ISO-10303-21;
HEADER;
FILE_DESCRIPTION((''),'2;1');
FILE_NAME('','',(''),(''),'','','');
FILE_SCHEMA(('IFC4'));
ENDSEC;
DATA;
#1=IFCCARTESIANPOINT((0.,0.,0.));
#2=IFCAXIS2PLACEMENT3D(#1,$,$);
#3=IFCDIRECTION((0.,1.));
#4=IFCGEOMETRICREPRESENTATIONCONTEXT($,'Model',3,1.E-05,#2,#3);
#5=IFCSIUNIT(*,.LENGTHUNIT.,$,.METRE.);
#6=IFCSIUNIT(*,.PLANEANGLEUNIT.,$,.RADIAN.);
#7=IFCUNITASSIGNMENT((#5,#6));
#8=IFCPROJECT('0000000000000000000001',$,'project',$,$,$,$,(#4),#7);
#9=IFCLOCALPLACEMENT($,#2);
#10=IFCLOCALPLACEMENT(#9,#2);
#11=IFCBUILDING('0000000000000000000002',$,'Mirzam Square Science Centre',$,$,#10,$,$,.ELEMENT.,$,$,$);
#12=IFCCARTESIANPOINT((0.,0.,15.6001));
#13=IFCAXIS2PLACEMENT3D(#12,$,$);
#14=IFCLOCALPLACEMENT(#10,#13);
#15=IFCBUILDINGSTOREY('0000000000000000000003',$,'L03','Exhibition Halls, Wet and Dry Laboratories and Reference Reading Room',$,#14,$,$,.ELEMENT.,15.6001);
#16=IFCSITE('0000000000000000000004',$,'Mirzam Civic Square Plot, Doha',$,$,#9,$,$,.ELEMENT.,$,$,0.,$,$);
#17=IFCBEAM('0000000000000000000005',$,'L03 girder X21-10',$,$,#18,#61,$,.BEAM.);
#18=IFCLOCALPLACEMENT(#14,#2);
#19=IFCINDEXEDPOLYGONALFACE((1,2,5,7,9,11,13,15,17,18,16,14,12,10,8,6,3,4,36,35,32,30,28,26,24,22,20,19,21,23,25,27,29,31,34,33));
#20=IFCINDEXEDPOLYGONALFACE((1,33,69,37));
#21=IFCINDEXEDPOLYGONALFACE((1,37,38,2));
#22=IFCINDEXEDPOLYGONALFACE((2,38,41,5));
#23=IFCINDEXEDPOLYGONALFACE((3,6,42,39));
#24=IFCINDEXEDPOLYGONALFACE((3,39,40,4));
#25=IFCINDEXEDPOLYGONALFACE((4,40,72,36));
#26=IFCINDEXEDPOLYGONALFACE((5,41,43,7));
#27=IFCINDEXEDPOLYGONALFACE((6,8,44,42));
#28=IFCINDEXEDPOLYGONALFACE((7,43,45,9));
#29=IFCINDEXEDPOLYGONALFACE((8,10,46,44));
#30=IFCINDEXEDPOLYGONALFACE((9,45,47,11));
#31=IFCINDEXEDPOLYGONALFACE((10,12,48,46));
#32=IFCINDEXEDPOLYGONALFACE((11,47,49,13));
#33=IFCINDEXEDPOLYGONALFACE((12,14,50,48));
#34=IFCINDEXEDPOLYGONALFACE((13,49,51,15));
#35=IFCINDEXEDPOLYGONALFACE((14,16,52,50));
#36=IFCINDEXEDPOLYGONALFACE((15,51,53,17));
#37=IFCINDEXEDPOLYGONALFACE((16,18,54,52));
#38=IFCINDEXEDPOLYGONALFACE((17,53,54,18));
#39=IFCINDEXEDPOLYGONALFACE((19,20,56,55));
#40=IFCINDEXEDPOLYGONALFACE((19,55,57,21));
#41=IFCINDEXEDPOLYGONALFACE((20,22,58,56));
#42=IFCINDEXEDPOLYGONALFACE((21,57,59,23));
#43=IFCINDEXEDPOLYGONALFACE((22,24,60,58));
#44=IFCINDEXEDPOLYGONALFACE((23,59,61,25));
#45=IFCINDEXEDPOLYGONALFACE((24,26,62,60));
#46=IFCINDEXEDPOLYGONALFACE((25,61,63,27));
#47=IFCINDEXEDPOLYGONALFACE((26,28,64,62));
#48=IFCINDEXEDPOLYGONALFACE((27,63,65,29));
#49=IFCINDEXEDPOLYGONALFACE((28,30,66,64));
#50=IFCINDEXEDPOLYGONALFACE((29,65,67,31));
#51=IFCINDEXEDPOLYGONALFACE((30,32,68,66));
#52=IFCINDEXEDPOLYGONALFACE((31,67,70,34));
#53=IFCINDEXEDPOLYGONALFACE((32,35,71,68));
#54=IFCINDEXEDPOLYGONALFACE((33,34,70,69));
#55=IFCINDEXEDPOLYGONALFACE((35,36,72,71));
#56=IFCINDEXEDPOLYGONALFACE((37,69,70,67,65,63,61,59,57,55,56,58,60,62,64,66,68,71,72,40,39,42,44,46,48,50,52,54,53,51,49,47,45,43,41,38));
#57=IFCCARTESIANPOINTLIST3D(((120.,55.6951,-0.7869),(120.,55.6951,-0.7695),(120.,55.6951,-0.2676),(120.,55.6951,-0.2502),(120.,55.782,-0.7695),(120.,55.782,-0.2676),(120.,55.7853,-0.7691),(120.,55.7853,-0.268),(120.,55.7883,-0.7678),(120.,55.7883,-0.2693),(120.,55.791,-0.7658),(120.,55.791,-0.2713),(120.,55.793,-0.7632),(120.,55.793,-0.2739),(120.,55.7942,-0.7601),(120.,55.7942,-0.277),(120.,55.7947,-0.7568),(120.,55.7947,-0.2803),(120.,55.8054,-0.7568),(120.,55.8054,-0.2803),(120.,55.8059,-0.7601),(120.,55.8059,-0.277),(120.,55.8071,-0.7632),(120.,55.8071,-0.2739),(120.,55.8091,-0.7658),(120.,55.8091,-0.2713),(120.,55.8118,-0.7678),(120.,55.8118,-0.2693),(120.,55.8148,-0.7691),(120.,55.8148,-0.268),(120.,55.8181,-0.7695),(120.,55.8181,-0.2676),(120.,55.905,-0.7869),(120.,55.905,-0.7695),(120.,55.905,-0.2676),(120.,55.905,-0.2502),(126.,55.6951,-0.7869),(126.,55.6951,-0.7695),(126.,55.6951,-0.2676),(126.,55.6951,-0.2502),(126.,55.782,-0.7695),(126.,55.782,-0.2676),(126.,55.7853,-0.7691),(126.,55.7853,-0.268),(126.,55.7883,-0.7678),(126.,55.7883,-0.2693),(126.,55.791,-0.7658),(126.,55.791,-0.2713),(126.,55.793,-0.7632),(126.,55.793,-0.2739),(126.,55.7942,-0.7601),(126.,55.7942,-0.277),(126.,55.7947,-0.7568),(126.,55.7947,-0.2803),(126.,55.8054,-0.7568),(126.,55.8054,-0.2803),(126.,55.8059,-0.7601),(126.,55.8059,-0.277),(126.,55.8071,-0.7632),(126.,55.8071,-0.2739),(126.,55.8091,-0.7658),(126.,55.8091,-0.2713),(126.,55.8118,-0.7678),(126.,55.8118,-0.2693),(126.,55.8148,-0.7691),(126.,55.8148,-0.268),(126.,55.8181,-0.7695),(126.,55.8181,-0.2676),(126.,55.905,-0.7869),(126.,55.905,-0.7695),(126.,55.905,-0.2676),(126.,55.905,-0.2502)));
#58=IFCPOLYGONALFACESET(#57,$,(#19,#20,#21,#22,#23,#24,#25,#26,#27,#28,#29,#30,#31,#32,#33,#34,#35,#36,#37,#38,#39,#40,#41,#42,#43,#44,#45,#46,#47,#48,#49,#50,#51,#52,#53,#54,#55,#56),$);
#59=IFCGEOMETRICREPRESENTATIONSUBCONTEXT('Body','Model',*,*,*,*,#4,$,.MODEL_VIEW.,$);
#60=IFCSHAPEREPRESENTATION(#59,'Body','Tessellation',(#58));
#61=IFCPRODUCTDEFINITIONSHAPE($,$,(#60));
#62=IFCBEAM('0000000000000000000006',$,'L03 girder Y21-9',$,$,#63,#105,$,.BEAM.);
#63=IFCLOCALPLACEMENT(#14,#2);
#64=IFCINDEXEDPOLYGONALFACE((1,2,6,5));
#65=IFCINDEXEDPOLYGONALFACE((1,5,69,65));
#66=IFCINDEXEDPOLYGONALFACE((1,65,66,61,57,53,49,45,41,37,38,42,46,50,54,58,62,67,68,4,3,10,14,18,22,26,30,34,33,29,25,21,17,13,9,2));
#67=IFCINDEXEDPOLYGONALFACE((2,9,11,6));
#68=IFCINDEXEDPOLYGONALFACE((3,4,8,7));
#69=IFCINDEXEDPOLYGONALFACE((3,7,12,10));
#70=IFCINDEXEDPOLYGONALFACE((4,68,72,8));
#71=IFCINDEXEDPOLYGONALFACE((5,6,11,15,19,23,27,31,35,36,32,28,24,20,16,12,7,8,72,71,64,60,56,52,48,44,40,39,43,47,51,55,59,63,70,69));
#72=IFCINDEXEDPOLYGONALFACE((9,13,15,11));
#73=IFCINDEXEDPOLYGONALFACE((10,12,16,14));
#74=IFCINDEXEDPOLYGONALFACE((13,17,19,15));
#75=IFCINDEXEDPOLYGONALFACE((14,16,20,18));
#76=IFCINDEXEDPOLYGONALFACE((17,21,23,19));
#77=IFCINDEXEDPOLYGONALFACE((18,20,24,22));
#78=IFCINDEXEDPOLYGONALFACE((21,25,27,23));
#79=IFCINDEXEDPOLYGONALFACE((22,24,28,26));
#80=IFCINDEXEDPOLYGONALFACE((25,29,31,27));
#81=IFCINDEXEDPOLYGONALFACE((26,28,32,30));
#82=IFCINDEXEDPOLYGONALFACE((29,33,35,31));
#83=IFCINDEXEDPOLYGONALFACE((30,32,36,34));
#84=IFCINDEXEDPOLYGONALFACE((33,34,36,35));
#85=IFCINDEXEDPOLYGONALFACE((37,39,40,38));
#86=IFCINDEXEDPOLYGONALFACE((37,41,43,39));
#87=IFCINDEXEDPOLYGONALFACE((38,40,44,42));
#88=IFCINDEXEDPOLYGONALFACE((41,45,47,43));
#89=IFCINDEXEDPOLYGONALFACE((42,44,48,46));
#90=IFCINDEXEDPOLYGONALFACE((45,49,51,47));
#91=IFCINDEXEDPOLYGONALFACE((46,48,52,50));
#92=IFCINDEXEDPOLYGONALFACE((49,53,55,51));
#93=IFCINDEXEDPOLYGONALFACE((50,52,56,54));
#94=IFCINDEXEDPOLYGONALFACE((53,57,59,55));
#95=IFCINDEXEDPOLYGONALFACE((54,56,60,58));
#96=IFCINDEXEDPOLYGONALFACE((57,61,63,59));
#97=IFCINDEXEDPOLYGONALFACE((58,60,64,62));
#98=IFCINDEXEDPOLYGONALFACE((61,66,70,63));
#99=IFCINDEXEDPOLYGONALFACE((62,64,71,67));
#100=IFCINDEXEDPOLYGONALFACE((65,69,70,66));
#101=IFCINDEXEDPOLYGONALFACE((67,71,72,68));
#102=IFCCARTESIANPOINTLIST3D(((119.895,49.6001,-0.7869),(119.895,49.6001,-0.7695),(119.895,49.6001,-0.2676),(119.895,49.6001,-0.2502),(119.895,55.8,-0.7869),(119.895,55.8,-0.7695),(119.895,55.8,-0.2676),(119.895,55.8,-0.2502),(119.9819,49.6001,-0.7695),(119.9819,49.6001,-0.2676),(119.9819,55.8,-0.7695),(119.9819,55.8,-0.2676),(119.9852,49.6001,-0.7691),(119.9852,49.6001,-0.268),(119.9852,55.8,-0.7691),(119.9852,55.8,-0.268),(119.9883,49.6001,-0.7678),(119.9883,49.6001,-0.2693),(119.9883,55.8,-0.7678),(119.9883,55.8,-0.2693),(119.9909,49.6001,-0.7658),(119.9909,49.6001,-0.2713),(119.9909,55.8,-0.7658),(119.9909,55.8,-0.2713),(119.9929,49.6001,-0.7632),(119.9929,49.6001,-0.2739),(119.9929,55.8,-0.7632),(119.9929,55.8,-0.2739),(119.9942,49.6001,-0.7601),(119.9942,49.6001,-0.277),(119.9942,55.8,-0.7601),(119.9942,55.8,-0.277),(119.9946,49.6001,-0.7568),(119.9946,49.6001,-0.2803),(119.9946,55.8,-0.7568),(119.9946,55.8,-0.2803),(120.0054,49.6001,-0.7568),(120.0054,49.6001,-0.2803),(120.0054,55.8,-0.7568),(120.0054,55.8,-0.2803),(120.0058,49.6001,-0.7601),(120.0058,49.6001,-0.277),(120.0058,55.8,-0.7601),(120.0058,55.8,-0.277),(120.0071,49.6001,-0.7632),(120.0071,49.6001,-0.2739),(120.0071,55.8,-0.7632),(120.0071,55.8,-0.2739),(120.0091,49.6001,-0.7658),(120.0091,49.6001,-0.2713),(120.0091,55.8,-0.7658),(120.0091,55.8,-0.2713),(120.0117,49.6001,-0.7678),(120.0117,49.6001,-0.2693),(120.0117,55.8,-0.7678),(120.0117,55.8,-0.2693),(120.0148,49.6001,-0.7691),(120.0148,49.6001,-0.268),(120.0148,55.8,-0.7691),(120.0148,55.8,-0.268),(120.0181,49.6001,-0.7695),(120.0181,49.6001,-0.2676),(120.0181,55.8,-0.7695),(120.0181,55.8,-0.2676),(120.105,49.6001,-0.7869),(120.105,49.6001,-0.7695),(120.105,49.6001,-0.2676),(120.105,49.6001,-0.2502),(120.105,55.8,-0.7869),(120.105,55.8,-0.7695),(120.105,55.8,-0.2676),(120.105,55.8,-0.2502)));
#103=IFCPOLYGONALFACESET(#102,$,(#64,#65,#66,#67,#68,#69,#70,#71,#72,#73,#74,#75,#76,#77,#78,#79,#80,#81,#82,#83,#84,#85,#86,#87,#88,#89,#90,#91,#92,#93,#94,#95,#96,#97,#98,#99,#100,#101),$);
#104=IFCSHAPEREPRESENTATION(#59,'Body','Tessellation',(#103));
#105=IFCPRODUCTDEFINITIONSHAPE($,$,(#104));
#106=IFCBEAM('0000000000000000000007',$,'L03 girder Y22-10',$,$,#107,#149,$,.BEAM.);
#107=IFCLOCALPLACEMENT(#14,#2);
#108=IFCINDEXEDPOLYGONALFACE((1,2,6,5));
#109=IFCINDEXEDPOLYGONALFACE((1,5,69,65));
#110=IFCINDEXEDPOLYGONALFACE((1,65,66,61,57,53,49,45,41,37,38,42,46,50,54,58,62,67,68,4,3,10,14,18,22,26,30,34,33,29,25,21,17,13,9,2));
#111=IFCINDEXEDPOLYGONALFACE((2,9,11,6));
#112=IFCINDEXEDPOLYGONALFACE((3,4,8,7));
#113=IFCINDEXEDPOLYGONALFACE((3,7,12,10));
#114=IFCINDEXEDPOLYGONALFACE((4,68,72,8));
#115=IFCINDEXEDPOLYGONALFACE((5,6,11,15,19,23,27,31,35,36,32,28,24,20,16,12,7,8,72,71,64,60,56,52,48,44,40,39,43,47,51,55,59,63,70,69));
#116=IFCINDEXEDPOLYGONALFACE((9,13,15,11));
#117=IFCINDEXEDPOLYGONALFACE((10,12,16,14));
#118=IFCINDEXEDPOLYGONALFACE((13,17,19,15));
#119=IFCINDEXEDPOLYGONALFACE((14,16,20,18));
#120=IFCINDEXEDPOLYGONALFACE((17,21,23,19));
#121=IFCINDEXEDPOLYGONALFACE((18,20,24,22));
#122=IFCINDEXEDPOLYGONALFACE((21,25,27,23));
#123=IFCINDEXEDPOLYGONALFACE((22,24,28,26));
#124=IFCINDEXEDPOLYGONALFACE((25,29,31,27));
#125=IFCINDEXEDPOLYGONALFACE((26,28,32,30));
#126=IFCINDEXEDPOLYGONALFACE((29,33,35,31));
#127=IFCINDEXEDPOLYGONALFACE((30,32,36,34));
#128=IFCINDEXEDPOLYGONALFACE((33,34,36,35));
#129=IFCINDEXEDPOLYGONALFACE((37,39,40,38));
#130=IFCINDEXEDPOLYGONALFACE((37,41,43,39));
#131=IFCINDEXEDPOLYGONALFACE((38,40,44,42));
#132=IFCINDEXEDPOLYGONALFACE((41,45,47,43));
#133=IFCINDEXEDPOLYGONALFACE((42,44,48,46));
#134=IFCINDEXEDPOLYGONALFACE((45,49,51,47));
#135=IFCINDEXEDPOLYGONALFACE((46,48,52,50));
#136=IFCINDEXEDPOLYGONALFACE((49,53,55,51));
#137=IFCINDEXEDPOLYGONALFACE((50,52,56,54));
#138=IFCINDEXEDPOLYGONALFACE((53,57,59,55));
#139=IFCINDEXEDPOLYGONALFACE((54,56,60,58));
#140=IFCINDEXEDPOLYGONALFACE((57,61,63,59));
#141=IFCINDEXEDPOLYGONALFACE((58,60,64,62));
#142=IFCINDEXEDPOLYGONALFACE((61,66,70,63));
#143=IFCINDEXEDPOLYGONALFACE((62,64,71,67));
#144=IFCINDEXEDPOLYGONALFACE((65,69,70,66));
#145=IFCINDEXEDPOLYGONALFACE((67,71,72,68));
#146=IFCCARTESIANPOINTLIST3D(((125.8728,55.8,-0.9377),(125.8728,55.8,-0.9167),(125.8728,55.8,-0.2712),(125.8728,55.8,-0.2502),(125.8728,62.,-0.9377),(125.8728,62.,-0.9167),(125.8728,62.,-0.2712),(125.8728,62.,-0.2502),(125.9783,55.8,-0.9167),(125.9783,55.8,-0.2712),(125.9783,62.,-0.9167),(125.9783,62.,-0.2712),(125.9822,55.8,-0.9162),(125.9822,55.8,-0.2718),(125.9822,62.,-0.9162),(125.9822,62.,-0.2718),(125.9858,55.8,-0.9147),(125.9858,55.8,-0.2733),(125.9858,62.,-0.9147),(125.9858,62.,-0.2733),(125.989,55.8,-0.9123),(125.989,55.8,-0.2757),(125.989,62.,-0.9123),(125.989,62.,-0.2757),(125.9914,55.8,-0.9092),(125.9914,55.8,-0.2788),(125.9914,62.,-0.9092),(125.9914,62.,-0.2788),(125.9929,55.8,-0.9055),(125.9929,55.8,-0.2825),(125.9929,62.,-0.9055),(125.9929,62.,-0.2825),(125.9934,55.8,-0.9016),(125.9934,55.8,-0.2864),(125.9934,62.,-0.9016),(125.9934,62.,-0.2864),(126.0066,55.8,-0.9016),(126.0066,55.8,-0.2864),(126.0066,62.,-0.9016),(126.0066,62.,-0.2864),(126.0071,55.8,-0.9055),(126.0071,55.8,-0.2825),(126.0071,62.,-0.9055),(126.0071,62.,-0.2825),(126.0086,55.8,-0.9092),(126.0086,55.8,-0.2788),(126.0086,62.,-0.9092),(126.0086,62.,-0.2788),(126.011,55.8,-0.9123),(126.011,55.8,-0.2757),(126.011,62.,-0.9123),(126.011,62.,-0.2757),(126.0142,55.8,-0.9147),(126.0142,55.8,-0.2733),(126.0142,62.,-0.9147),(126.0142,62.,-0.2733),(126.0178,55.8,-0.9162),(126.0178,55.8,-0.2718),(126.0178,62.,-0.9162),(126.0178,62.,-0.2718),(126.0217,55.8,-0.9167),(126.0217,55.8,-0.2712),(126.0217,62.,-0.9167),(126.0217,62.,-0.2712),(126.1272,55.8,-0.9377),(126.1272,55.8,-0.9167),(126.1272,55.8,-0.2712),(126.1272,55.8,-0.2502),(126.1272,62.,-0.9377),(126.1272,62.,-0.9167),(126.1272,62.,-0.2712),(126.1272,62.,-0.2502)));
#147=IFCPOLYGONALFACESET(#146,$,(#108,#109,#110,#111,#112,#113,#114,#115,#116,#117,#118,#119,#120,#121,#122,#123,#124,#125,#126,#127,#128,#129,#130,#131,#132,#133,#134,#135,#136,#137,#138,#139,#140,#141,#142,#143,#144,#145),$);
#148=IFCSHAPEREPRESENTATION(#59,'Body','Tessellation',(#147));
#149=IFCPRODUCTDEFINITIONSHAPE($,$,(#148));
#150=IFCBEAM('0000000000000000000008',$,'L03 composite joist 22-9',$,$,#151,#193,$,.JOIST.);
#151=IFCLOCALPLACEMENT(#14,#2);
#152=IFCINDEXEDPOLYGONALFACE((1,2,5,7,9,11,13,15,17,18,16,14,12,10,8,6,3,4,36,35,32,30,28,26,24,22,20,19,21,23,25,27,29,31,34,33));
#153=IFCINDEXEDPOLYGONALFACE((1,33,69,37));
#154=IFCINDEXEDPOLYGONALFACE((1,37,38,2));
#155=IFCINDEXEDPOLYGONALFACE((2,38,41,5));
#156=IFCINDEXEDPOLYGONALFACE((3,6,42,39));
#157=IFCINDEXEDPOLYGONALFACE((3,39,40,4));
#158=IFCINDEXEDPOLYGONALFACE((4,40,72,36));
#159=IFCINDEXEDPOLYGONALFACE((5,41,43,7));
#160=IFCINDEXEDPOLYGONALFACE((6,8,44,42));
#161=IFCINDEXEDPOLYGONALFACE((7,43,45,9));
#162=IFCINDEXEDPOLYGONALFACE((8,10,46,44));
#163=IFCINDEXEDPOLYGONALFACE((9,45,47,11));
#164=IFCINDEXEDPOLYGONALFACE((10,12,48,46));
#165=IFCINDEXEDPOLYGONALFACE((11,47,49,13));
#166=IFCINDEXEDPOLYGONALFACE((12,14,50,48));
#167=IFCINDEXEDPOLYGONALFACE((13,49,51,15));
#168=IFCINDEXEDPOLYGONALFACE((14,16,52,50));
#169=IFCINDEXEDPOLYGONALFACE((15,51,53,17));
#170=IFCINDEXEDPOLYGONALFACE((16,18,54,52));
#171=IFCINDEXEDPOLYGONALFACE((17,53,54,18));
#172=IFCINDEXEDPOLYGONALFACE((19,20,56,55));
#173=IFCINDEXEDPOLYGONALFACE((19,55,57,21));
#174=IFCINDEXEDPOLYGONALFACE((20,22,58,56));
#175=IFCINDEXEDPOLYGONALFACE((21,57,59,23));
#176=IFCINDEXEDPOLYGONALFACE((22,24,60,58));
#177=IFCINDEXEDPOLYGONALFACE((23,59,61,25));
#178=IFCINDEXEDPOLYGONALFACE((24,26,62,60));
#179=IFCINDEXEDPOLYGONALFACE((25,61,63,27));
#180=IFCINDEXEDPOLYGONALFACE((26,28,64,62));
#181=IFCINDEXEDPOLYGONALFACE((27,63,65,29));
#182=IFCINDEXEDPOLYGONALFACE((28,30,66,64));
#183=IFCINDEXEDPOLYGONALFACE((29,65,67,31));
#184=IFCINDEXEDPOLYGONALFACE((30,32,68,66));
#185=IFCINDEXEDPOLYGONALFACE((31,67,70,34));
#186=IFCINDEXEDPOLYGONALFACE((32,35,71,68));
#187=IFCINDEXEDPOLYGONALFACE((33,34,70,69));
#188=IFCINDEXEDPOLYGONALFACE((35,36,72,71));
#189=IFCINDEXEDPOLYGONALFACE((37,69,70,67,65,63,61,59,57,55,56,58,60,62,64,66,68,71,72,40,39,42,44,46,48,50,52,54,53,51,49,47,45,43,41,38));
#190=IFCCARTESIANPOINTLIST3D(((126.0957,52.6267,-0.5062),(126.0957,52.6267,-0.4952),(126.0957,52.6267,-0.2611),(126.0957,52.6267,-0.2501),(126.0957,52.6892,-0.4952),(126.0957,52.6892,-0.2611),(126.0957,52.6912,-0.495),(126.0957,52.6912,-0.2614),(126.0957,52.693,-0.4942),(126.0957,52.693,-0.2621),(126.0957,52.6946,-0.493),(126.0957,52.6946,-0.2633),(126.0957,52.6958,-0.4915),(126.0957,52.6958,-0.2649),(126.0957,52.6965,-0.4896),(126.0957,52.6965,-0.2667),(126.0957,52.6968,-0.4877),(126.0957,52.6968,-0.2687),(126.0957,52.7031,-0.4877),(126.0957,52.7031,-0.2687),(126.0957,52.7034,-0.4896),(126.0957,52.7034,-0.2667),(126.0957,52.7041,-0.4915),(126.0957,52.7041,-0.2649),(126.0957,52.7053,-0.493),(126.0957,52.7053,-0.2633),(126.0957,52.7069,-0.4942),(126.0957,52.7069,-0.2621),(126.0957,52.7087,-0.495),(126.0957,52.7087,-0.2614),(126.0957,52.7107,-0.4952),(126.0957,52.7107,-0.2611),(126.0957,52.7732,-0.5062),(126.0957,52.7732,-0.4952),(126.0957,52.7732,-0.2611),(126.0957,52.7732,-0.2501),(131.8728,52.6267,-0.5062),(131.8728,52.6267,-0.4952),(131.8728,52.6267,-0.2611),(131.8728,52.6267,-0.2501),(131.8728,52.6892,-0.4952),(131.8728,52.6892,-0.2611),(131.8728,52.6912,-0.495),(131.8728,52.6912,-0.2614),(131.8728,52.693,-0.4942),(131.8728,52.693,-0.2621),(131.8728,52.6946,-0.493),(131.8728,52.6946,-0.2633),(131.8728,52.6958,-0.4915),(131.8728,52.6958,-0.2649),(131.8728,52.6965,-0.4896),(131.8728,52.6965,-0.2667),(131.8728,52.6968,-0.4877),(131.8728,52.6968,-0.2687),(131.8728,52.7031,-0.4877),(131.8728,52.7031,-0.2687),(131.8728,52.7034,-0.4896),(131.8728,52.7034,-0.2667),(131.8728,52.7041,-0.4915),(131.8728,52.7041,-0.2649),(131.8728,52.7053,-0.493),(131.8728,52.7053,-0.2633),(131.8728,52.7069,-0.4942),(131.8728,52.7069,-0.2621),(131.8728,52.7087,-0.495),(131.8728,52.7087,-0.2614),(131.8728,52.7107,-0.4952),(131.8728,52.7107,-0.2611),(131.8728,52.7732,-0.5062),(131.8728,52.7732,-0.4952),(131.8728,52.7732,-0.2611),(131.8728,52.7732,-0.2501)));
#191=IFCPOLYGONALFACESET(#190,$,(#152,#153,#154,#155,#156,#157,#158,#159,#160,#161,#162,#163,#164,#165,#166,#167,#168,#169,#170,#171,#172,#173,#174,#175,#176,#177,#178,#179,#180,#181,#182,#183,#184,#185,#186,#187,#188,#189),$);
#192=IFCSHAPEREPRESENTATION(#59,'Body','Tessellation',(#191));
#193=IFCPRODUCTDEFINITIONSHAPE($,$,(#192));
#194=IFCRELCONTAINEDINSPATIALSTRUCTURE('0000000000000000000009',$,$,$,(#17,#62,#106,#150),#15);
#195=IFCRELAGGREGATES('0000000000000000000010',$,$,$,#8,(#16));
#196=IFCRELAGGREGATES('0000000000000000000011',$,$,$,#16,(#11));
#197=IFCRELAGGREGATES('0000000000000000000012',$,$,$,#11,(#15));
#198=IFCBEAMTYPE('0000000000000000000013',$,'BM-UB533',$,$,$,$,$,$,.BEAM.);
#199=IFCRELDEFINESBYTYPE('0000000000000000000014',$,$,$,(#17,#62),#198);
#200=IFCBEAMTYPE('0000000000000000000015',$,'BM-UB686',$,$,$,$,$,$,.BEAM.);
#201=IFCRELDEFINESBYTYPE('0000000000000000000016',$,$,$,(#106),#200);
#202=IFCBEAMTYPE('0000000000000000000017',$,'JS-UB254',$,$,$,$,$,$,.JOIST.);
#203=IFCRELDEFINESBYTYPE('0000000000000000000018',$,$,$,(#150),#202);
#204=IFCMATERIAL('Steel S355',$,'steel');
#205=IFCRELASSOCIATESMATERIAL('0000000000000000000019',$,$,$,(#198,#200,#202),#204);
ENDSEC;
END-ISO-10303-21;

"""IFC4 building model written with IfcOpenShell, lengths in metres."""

from ifc_helpers import new_model, si_unit, direction, frame, origin, origin_2d, place, context, subcontext, project, spatial, i_section, extrude, material, material_profile, profile_set, type_object, element, save


model = new_model("IFC4")

# Units and contexts
model_context = context("Model", 3, precision=1e-05, world=origin(), true_north=direction((0.0, 1.0)))
body_context = subcontext(model_context, "Body", "Model", "MODEL_VIEW")
ifc_project = project(units=[si_unit("LENGTHUNIT", "METRE"), si_unit("PLANEANGLEUNIT", "RADIAN")], contexts=[model_context])

# Site, building, storey
site_placement = place(None, origin())
site = spatial("IfcSite", under=ifc_project, at=site_placement, Name="Mirzam Civic Square Plot, Doha", CompositionType="ELEMENT", RefElevation=0.0)
building_placement = place(site_placement, origin())
building = spatial("IfcBuilding", under=site, at=building_placement, Name="Mirzam Square Science Centre", CompositionType="ELEMENT")
storey_placement = place(building_placement, frame((0.0, 0.0, 15.6001)))
storey = spatial("IfcBuildingStorey", under=building, at=storey_placement, Name="L03", Description="Exhibition Halls, Wet and Dry Laboratories and Reference Reading Room", CompositionType="ELEMENT", Elevation=15.6001)

# Shared definitions
ifc_material_1 = material(Name="Steel S355", Category="steel")

# Beams
ifc_material_profile_1 = material_profile(ifc_material_1, i_section(OverallWidth=0.21, OverallDepth=0.5366, WebThickness=0.0107, FlangeThickness=0.0173, FilletRadius=0.0127, at=origin_2d()), Name="533x210x101UB")
ifc_profile_set_1 = profile_set([ifc_material_profile_1], Name="Steel S355")
beam_type_1 = type_object("IfcBeamType", Name="BM-UB533", PredefinedType="BEAM", material=ifc_profile_set_1)
beam_1_placement = place(storey_placement, frame((120.0, 55.8, -0.5186), z_axis=(1.0, 0.0, 0.0), x_axis=(0.0, 1.0, 0.0)))
element("IfcBeam", 1, at=beam_1_placement, inside=storey, type_object=beam_type_1, Name="L03 girder X21-10", PredefinedType="BEAM", context=body_context, shape_type="SweptSolid", body=[
    extrude(i_section(OverallWidth=0.21, OverallDepth=0.5366, WebThickness=0.0107, FlangeThickness=0.0173, FilletRadius=0.0127, at=origin_2d()), origin(), (0.0, 0.0, 1.0), 6.0),
])
beam_2_placement = place(storey_placement, frame((120.0, 49.6001, -0.5186), z_axis=(0.0, 1.0, 0.0), x_axis=(-1.0, 0.0, 0.0)))
element("IfcBeam", 2, at=beam_2_placement, inside=storey, type_object=beam_type_1, Name="L03 girder Y21-9", PredefinedType="BEAM", context=body_context, shape_type="SweptSolid", body=[
    extrude(i_section(OverallWidth=0.21, OverallDepth=0.5366, WebThickness=0.0107, FlangeThickness=0.0173, FilletRadius=0.0127, at=origin_2d()), origin(), (0.0, 0.0, 1.0), 6.2),
])
ifc_material_profile_2 = material_profile(ifc_material_1, i_section(OverallWidth=0.2544, OverallDepth=0.6875, WebThickness=0.0132, FlangeThickness=0.021, FilletRadius=0.0151, at=origin_2d()), Name="686x254x152UB")
ifc_profile_set_2 = profile_set([ifc_material_profile_2], Name="Steel S355")
beam_type_2 = type_object("IfcBeamType", Name="BM-UB686", PredefinedType="BEAM", material=ifc_profile_set_2)
beam_3_placement = place(storey_placement, frame((126.0, 55.8, -0.594), z_axis=(0.0, 1.0, 0.0), x_axis=(-1.0, 0.0, 0.0)))
element("IfcBeam", 3, at=beam_3_placement, inside=storey, type_object=beam_type_2, Name="L03 girder Y22-10", PredefinedType="BEAM", context=body_context, shape_type="SweptSolid", body=[
    extrude(i_section(OverallWidth=0.2544, OverallDepth=0.6875, WebThickness=0.0132, FlangeThickness=0.021, FilletRadius=0.0151, at=origin_2d()), origin(), (0.0, 0.0, 1.0), 6.2),
])
ifc_material_profile_3 = material_profile(ifc_material_1, i_section(OverallWidth=0.1465, OverallDepth=0.2561, WebThickness=0.0063, FlangeThickness=0.011, FilletRadius=0.0076, at=origin_2d()), Name="254x146x37UB")
ifc_profile_set_3 = profile_set([ifc_material_profile_3], Name="Steel S355")
beam_type_3 = type_object("IfcBeamType", Name="JS-UB254", PredefinedType="JOIST", material=ifc_profile_set_3)
beam_4_placement = place(storey_placement, frame((126.0957, 52.7, -0.3782), z_axis=(1.0, 0.0, 0.0), x_axis=(0.0, 1.0, 0.0)))
element("IfcBeam", 4, at=beam_4_placement, inside=storey, type_object=beam_type_3, Name="L03 composite joist 22-9", PredefinedType="JOIST", context=body_context, shape_type="SweptSolid", body=[
    extrude(i_section(OverallWidth=0.1465, OverallDepth=0.2561, WebThickness=0.0063, FlangeThickness=0.011, FilletRadius=0.0076, at=origin_2d()), origin(), (0.0, 0.0, 1.0), 5.7771),
])

save(model, "model.ifc")
